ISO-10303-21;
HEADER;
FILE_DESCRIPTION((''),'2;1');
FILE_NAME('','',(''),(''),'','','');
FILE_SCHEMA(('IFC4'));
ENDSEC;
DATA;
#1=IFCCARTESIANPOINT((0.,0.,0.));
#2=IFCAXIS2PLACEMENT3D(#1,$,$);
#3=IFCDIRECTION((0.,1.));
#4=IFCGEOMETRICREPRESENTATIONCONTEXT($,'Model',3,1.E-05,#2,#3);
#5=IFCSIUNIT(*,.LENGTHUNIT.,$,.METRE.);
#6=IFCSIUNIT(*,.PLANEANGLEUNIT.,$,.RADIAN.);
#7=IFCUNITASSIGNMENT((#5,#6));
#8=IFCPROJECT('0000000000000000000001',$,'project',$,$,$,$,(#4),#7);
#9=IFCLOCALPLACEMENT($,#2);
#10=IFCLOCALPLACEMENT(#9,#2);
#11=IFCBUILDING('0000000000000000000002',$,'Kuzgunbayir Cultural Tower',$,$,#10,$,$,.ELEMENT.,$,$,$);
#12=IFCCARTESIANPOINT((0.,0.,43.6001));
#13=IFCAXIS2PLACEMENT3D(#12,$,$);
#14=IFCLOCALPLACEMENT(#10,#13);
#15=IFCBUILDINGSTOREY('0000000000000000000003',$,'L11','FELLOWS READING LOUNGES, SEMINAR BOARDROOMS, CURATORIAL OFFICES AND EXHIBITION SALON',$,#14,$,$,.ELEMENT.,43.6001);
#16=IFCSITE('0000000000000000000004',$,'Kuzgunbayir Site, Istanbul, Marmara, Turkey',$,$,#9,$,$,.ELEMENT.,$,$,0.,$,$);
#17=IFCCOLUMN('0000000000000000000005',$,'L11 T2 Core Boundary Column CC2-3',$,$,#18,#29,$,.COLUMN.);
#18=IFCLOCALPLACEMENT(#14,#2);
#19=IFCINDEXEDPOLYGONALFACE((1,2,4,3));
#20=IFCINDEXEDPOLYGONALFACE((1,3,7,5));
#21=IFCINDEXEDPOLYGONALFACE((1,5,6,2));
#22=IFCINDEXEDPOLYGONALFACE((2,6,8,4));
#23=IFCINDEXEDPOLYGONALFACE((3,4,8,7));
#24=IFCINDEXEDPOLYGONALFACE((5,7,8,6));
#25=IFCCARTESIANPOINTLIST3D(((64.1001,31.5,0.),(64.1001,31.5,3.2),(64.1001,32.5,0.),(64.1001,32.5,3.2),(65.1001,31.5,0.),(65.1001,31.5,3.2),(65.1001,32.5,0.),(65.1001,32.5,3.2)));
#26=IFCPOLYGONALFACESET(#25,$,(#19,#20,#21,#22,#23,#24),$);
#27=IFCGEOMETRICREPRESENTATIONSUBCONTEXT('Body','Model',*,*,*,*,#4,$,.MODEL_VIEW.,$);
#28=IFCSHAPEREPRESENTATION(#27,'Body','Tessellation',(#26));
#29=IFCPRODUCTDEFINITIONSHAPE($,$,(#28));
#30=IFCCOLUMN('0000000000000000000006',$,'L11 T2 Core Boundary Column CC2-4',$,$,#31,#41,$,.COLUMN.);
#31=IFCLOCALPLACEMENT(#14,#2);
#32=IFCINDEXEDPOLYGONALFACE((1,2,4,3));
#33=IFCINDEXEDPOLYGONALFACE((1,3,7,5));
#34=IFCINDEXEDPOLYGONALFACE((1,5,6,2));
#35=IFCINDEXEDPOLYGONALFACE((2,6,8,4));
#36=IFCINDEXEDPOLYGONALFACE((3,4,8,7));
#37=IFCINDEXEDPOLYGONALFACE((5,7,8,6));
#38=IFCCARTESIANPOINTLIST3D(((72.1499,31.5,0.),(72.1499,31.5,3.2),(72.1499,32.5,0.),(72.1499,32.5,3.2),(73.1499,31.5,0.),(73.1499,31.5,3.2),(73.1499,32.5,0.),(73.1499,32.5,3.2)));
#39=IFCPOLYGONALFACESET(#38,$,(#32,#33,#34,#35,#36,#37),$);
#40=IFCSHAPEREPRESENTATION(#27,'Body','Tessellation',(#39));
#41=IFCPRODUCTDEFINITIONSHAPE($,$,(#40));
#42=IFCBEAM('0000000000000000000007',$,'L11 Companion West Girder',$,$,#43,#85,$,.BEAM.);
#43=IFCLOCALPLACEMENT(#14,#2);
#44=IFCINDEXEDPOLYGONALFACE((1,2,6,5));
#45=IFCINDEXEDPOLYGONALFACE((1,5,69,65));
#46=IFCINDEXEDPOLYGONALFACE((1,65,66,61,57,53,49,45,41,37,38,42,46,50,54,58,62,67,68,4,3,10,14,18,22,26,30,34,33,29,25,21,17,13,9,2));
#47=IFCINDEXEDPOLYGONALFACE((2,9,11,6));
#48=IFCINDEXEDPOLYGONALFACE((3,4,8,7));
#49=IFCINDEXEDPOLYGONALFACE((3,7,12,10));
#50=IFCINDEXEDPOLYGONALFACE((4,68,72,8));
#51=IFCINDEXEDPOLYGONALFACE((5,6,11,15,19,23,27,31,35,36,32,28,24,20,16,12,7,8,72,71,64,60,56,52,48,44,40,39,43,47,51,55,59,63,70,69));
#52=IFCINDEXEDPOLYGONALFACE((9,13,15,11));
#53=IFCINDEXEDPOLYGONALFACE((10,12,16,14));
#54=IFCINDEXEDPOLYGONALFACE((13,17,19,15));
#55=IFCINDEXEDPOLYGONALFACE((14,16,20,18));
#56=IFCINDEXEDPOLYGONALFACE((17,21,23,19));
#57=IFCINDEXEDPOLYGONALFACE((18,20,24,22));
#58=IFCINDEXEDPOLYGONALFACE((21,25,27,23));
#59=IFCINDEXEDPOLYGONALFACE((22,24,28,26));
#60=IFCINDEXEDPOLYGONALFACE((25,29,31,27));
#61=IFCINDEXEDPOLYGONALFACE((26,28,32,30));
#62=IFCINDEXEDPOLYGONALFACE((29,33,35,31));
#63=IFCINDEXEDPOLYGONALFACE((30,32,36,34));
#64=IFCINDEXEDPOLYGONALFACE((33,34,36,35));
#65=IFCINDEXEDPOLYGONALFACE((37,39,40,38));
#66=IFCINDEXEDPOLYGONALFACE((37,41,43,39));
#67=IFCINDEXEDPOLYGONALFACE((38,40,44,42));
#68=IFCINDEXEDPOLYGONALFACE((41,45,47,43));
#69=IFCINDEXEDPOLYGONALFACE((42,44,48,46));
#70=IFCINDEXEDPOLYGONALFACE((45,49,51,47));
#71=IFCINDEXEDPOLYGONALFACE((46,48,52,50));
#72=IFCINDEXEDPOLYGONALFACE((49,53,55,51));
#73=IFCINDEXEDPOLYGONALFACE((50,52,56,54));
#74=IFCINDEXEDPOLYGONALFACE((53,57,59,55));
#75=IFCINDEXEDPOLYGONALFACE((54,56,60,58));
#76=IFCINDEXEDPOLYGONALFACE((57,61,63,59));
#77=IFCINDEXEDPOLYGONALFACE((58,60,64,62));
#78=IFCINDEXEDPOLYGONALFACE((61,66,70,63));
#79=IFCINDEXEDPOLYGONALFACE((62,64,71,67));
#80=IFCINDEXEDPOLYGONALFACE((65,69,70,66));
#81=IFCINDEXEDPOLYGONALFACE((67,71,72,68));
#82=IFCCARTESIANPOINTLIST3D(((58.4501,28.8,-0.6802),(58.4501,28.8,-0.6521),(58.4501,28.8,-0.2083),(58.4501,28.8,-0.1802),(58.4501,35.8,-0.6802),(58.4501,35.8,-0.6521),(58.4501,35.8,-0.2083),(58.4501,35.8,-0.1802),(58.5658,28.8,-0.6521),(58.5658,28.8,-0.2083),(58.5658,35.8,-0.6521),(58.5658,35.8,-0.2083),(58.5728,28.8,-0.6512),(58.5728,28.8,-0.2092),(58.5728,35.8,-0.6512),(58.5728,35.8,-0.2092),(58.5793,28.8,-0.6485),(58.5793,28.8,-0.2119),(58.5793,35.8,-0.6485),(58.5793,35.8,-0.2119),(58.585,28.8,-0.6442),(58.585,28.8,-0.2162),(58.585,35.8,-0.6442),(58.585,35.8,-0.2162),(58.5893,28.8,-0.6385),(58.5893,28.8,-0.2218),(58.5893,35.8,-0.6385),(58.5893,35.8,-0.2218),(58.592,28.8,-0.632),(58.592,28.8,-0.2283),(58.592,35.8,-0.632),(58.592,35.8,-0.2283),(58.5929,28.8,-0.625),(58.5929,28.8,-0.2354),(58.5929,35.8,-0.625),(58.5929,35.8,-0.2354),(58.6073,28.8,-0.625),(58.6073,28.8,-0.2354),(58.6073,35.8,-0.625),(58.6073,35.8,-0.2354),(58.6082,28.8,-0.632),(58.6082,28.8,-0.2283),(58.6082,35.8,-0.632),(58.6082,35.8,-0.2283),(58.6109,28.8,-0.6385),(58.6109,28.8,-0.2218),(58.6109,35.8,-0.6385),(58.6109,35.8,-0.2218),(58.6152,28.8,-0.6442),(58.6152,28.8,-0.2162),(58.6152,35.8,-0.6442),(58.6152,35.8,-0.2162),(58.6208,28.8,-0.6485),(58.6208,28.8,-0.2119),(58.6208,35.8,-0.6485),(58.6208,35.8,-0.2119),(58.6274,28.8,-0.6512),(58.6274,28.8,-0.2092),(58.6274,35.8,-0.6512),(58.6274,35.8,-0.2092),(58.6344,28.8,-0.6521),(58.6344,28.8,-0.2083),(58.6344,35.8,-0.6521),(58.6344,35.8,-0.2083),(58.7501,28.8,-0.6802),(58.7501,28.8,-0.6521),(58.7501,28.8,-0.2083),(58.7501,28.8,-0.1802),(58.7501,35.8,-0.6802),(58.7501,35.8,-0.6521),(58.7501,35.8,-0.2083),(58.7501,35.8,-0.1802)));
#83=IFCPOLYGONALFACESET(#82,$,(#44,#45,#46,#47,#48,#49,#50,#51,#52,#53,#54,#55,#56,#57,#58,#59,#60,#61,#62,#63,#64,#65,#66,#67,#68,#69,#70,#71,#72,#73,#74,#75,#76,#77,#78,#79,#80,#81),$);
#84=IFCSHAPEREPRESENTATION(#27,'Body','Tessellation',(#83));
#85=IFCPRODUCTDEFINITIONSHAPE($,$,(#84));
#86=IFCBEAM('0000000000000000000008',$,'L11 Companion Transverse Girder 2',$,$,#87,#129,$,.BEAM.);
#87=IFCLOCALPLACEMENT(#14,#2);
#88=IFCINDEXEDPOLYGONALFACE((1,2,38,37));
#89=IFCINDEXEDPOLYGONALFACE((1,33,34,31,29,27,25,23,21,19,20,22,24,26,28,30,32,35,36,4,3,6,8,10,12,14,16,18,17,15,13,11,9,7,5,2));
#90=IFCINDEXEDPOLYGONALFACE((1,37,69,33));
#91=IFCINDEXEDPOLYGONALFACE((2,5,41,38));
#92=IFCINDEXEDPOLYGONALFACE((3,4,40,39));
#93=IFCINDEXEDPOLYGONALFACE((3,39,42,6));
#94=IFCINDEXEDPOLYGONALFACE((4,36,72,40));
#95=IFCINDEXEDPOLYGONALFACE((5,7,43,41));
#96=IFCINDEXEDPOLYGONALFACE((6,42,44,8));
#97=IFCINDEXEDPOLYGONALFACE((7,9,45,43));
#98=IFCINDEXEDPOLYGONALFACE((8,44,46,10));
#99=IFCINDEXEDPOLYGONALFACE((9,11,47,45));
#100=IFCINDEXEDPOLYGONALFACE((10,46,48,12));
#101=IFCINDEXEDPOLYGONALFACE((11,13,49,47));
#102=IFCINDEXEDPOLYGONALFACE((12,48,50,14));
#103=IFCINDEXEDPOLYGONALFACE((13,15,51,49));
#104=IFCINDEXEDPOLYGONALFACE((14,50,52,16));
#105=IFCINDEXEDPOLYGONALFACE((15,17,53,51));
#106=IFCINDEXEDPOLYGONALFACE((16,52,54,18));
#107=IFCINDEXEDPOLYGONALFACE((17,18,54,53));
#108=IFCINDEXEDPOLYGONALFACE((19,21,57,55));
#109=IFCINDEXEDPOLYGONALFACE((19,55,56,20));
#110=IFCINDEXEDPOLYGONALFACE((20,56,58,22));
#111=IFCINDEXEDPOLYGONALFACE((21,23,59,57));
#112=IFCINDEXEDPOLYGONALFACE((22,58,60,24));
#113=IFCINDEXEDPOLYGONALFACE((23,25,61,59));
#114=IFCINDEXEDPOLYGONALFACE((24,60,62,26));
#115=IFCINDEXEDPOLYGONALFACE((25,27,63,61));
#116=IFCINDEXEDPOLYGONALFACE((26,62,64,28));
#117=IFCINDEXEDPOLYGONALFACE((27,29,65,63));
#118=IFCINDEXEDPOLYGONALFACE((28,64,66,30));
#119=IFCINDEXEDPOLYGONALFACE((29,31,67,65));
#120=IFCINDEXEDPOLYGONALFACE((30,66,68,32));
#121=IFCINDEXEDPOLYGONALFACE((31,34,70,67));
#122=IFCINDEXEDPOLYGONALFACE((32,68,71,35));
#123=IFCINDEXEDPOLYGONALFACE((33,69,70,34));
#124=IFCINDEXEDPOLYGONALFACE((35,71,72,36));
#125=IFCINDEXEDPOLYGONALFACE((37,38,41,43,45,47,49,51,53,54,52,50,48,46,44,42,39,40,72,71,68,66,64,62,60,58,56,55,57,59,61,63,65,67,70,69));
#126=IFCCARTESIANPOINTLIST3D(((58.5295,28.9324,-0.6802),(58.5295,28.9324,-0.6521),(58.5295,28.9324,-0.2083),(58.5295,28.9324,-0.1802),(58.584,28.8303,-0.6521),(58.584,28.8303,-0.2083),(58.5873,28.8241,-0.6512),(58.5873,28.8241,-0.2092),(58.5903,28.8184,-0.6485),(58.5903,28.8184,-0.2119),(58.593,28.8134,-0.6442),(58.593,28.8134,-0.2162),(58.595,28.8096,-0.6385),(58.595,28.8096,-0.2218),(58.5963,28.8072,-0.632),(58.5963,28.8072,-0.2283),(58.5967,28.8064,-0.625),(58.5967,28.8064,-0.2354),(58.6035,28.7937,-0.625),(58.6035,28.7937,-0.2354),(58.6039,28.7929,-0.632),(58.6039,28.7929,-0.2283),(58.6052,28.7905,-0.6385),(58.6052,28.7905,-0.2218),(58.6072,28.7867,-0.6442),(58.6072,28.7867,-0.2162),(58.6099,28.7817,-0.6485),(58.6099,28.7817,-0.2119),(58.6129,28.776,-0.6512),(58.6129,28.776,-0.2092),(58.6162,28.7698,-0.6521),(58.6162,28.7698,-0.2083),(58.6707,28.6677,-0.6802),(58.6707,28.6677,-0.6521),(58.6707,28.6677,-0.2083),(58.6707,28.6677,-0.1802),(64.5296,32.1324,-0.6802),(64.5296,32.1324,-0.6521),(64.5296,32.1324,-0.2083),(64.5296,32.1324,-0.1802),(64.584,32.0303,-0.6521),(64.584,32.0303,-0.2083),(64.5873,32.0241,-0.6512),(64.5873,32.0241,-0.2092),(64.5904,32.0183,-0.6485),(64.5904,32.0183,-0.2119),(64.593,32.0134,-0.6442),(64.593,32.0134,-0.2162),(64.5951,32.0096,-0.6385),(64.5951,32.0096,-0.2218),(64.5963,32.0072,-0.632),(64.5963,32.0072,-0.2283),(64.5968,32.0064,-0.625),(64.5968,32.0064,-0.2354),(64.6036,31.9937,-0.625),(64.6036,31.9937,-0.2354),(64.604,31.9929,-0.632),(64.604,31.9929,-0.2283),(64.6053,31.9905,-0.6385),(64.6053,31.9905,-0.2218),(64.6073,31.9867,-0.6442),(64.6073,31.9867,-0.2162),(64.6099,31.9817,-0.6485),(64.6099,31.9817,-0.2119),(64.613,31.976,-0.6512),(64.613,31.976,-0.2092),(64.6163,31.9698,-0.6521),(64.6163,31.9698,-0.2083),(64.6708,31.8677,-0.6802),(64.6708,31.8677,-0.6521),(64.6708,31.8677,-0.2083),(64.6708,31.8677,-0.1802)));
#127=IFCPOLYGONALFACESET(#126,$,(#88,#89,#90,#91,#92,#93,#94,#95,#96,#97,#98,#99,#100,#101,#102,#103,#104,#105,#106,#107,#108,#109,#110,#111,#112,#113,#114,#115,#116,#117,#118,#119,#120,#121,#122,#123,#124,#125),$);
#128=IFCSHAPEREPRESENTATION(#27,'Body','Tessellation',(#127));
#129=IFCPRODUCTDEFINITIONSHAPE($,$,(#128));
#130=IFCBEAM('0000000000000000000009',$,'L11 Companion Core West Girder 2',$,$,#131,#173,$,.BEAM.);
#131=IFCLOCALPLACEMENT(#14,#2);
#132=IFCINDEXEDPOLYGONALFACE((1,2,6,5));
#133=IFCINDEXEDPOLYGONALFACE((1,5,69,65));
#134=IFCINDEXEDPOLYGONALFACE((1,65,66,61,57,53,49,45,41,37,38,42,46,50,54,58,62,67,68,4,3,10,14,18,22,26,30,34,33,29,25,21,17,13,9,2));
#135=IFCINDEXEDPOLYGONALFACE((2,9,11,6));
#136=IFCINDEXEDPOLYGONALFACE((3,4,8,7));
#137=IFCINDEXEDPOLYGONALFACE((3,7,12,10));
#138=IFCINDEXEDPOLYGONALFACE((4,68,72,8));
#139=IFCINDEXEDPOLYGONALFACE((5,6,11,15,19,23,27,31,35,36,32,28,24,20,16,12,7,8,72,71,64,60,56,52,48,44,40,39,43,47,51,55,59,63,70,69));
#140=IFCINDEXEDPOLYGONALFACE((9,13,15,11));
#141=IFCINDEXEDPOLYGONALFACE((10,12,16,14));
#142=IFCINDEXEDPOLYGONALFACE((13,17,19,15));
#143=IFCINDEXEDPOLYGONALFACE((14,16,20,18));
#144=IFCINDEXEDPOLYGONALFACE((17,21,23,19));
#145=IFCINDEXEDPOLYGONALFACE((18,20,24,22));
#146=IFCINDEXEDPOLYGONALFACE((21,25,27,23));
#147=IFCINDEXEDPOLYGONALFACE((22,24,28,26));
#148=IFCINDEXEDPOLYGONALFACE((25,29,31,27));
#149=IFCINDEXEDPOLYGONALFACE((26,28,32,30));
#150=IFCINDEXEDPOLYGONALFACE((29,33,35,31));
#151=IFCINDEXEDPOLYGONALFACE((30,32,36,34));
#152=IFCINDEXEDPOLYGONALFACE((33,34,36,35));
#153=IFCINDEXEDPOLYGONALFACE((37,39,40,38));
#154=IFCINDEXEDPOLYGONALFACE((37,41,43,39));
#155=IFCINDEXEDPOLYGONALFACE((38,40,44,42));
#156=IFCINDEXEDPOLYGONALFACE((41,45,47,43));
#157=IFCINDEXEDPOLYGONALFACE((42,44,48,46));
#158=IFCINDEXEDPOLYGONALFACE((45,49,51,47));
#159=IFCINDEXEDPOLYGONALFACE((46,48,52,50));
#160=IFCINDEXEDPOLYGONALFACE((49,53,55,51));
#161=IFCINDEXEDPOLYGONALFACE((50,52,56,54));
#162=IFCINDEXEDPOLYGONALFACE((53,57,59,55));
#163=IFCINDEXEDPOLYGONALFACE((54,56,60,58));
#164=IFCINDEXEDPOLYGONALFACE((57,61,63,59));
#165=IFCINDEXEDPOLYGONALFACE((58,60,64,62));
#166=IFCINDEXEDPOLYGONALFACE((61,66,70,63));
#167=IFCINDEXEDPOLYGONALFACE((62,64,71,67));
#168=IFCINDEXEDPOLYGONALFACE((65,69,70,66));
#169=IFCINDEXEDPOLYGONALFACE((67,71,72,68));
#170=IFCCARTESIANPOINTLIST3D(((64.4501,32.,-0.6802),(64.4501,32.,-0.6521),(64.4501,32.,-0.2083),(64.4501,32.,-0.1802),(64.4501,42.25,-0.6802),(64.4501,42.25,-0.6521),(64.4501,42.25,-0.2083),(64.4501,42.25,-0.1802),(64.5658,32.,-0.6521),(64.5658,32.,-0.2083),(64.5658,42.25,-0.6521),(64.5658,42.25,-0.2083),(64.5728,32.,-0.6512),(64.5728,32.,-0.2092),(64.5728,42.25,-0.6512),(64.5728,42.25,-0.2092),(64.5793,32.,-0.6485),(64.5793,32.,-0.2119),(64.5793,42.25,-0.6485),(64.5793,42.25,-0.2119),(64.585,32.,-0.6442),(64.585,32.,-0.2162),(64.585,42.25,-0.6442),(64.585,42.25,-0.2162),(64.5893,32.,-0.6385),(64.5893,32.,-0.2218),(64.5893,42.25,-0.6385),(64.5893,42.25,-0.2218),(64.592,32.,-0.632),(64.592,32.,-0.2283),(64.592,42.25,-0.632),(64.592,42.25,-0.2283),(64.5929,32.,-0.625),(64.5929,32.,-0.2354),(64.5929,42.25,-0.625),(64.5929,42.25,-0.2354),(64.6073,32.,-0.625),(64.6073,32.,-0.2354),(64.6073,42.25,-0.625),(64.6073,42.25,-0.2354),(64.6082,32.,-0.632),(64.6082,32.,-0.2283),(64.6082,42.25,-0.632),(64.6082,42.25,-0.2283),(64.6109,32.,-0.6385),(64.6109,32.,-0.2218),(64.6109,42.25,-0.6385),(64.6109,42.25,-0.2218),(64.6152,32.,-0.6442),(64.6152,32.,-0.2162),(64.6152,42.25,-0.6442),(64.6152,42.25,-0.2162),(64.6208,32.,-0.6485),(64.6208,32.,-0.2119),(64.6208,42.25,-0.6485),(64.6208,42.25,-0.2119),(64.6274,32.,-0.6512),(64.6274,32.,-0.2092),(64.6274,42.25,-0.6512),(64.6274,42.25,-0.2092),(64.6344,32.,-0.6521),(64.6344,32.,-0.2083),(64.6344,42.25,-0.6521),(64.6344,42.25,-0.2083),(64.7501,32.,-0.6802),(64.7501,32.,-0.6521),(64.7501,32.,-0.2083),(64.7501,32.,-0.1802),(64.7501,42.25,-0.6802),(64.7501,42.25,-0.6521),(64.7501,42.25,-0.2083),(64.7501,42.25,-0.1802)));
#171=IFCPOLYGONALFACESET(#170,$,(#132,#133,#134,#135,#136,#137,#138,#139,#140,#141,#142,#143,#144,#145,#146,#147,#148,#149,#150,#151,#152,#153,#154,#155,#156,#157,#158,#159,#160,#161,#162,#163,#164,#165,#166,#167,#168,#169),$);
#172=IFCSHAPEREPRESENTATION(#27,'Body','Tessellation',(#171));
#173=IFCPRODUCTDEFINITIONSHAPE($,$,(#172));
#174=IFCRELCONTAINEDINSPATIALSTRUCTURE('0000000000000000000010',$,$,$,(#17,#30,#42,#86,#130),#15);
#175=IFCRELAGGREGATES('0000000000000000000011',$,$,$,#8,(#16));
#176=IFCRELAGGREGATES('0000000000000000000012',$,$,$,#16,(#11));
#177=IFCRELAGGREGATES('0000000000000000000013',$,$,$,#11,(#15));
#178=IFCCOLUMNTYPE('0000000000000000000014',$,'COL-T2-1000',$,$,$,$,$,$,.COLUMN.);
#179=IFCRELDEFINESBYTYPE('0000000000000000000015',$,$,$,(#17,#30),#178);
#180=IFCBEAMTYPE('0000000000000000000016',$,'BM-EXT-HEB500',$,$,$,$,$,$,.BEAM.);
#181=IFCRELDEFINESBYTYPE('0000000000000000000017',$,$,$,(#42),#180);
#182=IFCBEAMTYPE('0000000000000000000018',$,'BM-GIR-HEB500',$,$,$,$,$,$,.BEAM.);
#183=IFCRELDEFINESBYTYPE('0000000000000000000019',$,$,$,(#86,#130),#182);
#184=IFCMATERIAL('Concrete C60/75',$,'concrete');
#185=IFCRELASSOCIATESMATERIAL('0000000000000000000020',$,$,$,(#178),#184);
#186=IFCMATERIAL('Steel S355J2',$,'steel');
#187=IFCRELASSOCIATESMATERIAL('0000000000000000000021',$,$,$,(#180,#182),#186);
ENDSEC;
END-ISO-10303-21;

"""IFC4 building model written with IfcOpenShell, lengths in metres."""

from ifc_helpers import new_model, si_unit, direction, frame, origin, origin_2d, place, context, subcontext, project, spatial, rectangle, i_section, extrude, material, material_profile, profile_set, type_object, element, save


model = new_model("IFC4")

# Units and contexts
model_context = context("Model", 3, precision=1e-05, world=origin(), true_north=direction((0.0, 1.0)))
body_context = subcontext(model_context, "Body", "Model", "MODEL_VIEW")
ifc_project = project(units=[si_unit("LENGTHUNIT", "METRE"), si_unit("PLANEANGLEUNIT", "RADIAN")], contexts=[model_context])

# Site, building, storey
site_placement = place(None, origin())
site = spatial("IfcSite", under=ifc_project, at=site_placement, Name="Kuzgunbayir Site, Istanbul, Marmara, Turkey", CompositionType="ELEMENT", RefElevation=0.0)
building_placement = place(site_placement, origin())
building = spatial("IfcBuilding", under=site, at=building_placement, Name="Kuzgunbayir Cultural Tower", CompositionType="ELEMENT")
storey_placement = place(building_placement, frame((0.0, 0.0, 43.6001)))
storey = spatial("IfcBuildingStorey", under=building, at=storey_placement, Name="L11", Description="FELLOWS READING LOUNGES, SEMINAR BOARDROOMS, CURATORIAL OFFICES AND EXHIBITION SALON", CompositionType="ELEMENT", Elevation=43.6001)

# Columns
ifc_material_1 = material(Name="Concrete C60/75", Category="concrete")
ifc_material_profile_1 = material_profile(ifc_material_1, rectangle(XDim=1.0, YDim=1.0, at=origin_2d()), Name="RC 1000x1000")
ifc_profile_set_1 = profile_set([ifc_material_profile_1], Name="Concrete C60/75")
column_type = type_object("IfcColumnType", Name="COL-T2-1000", PredefinedType="COLUMN", material=ifc_profile_set_1)
for number, where, z_axis, x_axis, name in (
    (1, (64.6001, 32.0, 0.0), (0.0, 0.0, 1.0), (1.0, 0.0, 0.0), "L11 T2 Core Boundary Column CC2-3"),
    (2, (72.6499, 32.0, 0.0), (0.0, 0.0, 1.0), (1.0, 0.0, 0.0), "L11 T2 Core Boundary Column CC2-4"),
):
    element("IfcColumn", number, at=place(storey_placement, frame(where, z_axis=z_axis, x_axis=x_axis)), inside=storey, type_object=column_type, Name=name, PredefinedType="COLUMN", context=body_context, shape_type="SweptSolid", body=[
        extrude(rectangle(XDim=1.0, YDim=1.0, at=origin_2d()), origin(), (0.0, 0.0, 1.0), 3.2),
    ])

# Beams
ifc_material_2 = material(Name="Steel S355J2", Category="steel")
ifc_material_profile_2 = material_profile(ifc_material_2, i_section(OverallWidth=0.3, OverallDepth=0.5, WebThickness=0.0144, FlangeThickness=0.0281, FilletRadius=0.0271, at=origin_2d()), Name="HEB 500")
ifc_profile_set_2 = profile_set([ifc_material_profile_2], Name="Steel S355J2")
beam_type_1 = type_object("IfcBeamType", Name="BM-EXT-HEB500", PredefinedType="BEAM", material=ifc_profile_set_2)
beam_1_placement = place(storey_placement, frame((58.6001, 28.8, -0.4302), z_axis=(0.0, 1.0, 0.0), x_axis=(-1.0, 0.0, 0.0)))
element("IfcBeam", 3, at=beam_1_placement, inside=storey, type_object=beam_type_1, Name="L11 Companion West Girder", PredefinedType="BEAM", context=body_context, shape_type="SweptSolid", body=[
    extrude(i_section(OverallWidth=0.3, OverallDepth=0.5, WebThickness=0.0144, FlangeThickness=0.0281, FilletRadius=0.0271, at=origin_2d()), origin(), (0.0, 0.0, 1.0), 7.0),
])
ifc_material_profile_3 = material_profile(ifc_material_2, i_section(OverallWidth=0.3, OverallDepth=0.5, WebThickness=0.0144, FlangeThickness=0.0281, FilletRadius=0.0271, at=origin_2d()), Name="HEB 500")
ifc_profile_set_3 = profile_set([ifc_material_profile_3], Name="Steel S355J2")
beam_type_2 = type_object("IfcBeamType", Name="BM-GIR-HEB500", PredefinedType="BEAM", material=ifc_profile_set_3)
beam_2_placement = place(storey_placement, frame((58.6001, 28.8, -0.4302), z_axis=(0.882356, 0.470583, 0.0), x_axis=(-0.470583, 0.882356, 0.0)))
element("IfcBeam", 4, at=beam_2_placement, inside=storey, type_object=beam_type_2, Name="L11 Companion Transverse Girder 2", PredefinedType="BEAM", context=body_context, shape_type="SweptSolid", body=[
    extrude(i_section(OverallWidth=0.3, OverallDepth=0.5, WebThickness=0.0144, FlangeThickness=0.0281, FilletRadius=0.0271, at=origin_2d()), origin(), (0.0, 0.0, 1.0), 6.8),
])
for number, where, z_axis, x_axis, name in (
    (5, (64.6001, 32.0, -0.4302), (0.0, 1.0, 0.0), (-1.0, 0.0, 0.0), "L11 Companion Core West Girder 2"),
):
    element("IfcBeam", number, at=place(storey_placement, frame(where, z_axis=z_axis, x_axis=x_axis)), inside=storey, type_object=beam_type_2, Name=name, PredefinedType="BEAM", context=body_context, shape_type="SweptSolid", body=[
        extrude(i_section(OverallWidth=0.3, OverallDepth=0.5, WebThickness=0.0144, FlangeThickness=0.0281, FilletRadius=0.0271, at=origin_2d()), origin(), (0.0, 0.0, 1.0), 10.25),
    ])

save(model, "model.ifc")
